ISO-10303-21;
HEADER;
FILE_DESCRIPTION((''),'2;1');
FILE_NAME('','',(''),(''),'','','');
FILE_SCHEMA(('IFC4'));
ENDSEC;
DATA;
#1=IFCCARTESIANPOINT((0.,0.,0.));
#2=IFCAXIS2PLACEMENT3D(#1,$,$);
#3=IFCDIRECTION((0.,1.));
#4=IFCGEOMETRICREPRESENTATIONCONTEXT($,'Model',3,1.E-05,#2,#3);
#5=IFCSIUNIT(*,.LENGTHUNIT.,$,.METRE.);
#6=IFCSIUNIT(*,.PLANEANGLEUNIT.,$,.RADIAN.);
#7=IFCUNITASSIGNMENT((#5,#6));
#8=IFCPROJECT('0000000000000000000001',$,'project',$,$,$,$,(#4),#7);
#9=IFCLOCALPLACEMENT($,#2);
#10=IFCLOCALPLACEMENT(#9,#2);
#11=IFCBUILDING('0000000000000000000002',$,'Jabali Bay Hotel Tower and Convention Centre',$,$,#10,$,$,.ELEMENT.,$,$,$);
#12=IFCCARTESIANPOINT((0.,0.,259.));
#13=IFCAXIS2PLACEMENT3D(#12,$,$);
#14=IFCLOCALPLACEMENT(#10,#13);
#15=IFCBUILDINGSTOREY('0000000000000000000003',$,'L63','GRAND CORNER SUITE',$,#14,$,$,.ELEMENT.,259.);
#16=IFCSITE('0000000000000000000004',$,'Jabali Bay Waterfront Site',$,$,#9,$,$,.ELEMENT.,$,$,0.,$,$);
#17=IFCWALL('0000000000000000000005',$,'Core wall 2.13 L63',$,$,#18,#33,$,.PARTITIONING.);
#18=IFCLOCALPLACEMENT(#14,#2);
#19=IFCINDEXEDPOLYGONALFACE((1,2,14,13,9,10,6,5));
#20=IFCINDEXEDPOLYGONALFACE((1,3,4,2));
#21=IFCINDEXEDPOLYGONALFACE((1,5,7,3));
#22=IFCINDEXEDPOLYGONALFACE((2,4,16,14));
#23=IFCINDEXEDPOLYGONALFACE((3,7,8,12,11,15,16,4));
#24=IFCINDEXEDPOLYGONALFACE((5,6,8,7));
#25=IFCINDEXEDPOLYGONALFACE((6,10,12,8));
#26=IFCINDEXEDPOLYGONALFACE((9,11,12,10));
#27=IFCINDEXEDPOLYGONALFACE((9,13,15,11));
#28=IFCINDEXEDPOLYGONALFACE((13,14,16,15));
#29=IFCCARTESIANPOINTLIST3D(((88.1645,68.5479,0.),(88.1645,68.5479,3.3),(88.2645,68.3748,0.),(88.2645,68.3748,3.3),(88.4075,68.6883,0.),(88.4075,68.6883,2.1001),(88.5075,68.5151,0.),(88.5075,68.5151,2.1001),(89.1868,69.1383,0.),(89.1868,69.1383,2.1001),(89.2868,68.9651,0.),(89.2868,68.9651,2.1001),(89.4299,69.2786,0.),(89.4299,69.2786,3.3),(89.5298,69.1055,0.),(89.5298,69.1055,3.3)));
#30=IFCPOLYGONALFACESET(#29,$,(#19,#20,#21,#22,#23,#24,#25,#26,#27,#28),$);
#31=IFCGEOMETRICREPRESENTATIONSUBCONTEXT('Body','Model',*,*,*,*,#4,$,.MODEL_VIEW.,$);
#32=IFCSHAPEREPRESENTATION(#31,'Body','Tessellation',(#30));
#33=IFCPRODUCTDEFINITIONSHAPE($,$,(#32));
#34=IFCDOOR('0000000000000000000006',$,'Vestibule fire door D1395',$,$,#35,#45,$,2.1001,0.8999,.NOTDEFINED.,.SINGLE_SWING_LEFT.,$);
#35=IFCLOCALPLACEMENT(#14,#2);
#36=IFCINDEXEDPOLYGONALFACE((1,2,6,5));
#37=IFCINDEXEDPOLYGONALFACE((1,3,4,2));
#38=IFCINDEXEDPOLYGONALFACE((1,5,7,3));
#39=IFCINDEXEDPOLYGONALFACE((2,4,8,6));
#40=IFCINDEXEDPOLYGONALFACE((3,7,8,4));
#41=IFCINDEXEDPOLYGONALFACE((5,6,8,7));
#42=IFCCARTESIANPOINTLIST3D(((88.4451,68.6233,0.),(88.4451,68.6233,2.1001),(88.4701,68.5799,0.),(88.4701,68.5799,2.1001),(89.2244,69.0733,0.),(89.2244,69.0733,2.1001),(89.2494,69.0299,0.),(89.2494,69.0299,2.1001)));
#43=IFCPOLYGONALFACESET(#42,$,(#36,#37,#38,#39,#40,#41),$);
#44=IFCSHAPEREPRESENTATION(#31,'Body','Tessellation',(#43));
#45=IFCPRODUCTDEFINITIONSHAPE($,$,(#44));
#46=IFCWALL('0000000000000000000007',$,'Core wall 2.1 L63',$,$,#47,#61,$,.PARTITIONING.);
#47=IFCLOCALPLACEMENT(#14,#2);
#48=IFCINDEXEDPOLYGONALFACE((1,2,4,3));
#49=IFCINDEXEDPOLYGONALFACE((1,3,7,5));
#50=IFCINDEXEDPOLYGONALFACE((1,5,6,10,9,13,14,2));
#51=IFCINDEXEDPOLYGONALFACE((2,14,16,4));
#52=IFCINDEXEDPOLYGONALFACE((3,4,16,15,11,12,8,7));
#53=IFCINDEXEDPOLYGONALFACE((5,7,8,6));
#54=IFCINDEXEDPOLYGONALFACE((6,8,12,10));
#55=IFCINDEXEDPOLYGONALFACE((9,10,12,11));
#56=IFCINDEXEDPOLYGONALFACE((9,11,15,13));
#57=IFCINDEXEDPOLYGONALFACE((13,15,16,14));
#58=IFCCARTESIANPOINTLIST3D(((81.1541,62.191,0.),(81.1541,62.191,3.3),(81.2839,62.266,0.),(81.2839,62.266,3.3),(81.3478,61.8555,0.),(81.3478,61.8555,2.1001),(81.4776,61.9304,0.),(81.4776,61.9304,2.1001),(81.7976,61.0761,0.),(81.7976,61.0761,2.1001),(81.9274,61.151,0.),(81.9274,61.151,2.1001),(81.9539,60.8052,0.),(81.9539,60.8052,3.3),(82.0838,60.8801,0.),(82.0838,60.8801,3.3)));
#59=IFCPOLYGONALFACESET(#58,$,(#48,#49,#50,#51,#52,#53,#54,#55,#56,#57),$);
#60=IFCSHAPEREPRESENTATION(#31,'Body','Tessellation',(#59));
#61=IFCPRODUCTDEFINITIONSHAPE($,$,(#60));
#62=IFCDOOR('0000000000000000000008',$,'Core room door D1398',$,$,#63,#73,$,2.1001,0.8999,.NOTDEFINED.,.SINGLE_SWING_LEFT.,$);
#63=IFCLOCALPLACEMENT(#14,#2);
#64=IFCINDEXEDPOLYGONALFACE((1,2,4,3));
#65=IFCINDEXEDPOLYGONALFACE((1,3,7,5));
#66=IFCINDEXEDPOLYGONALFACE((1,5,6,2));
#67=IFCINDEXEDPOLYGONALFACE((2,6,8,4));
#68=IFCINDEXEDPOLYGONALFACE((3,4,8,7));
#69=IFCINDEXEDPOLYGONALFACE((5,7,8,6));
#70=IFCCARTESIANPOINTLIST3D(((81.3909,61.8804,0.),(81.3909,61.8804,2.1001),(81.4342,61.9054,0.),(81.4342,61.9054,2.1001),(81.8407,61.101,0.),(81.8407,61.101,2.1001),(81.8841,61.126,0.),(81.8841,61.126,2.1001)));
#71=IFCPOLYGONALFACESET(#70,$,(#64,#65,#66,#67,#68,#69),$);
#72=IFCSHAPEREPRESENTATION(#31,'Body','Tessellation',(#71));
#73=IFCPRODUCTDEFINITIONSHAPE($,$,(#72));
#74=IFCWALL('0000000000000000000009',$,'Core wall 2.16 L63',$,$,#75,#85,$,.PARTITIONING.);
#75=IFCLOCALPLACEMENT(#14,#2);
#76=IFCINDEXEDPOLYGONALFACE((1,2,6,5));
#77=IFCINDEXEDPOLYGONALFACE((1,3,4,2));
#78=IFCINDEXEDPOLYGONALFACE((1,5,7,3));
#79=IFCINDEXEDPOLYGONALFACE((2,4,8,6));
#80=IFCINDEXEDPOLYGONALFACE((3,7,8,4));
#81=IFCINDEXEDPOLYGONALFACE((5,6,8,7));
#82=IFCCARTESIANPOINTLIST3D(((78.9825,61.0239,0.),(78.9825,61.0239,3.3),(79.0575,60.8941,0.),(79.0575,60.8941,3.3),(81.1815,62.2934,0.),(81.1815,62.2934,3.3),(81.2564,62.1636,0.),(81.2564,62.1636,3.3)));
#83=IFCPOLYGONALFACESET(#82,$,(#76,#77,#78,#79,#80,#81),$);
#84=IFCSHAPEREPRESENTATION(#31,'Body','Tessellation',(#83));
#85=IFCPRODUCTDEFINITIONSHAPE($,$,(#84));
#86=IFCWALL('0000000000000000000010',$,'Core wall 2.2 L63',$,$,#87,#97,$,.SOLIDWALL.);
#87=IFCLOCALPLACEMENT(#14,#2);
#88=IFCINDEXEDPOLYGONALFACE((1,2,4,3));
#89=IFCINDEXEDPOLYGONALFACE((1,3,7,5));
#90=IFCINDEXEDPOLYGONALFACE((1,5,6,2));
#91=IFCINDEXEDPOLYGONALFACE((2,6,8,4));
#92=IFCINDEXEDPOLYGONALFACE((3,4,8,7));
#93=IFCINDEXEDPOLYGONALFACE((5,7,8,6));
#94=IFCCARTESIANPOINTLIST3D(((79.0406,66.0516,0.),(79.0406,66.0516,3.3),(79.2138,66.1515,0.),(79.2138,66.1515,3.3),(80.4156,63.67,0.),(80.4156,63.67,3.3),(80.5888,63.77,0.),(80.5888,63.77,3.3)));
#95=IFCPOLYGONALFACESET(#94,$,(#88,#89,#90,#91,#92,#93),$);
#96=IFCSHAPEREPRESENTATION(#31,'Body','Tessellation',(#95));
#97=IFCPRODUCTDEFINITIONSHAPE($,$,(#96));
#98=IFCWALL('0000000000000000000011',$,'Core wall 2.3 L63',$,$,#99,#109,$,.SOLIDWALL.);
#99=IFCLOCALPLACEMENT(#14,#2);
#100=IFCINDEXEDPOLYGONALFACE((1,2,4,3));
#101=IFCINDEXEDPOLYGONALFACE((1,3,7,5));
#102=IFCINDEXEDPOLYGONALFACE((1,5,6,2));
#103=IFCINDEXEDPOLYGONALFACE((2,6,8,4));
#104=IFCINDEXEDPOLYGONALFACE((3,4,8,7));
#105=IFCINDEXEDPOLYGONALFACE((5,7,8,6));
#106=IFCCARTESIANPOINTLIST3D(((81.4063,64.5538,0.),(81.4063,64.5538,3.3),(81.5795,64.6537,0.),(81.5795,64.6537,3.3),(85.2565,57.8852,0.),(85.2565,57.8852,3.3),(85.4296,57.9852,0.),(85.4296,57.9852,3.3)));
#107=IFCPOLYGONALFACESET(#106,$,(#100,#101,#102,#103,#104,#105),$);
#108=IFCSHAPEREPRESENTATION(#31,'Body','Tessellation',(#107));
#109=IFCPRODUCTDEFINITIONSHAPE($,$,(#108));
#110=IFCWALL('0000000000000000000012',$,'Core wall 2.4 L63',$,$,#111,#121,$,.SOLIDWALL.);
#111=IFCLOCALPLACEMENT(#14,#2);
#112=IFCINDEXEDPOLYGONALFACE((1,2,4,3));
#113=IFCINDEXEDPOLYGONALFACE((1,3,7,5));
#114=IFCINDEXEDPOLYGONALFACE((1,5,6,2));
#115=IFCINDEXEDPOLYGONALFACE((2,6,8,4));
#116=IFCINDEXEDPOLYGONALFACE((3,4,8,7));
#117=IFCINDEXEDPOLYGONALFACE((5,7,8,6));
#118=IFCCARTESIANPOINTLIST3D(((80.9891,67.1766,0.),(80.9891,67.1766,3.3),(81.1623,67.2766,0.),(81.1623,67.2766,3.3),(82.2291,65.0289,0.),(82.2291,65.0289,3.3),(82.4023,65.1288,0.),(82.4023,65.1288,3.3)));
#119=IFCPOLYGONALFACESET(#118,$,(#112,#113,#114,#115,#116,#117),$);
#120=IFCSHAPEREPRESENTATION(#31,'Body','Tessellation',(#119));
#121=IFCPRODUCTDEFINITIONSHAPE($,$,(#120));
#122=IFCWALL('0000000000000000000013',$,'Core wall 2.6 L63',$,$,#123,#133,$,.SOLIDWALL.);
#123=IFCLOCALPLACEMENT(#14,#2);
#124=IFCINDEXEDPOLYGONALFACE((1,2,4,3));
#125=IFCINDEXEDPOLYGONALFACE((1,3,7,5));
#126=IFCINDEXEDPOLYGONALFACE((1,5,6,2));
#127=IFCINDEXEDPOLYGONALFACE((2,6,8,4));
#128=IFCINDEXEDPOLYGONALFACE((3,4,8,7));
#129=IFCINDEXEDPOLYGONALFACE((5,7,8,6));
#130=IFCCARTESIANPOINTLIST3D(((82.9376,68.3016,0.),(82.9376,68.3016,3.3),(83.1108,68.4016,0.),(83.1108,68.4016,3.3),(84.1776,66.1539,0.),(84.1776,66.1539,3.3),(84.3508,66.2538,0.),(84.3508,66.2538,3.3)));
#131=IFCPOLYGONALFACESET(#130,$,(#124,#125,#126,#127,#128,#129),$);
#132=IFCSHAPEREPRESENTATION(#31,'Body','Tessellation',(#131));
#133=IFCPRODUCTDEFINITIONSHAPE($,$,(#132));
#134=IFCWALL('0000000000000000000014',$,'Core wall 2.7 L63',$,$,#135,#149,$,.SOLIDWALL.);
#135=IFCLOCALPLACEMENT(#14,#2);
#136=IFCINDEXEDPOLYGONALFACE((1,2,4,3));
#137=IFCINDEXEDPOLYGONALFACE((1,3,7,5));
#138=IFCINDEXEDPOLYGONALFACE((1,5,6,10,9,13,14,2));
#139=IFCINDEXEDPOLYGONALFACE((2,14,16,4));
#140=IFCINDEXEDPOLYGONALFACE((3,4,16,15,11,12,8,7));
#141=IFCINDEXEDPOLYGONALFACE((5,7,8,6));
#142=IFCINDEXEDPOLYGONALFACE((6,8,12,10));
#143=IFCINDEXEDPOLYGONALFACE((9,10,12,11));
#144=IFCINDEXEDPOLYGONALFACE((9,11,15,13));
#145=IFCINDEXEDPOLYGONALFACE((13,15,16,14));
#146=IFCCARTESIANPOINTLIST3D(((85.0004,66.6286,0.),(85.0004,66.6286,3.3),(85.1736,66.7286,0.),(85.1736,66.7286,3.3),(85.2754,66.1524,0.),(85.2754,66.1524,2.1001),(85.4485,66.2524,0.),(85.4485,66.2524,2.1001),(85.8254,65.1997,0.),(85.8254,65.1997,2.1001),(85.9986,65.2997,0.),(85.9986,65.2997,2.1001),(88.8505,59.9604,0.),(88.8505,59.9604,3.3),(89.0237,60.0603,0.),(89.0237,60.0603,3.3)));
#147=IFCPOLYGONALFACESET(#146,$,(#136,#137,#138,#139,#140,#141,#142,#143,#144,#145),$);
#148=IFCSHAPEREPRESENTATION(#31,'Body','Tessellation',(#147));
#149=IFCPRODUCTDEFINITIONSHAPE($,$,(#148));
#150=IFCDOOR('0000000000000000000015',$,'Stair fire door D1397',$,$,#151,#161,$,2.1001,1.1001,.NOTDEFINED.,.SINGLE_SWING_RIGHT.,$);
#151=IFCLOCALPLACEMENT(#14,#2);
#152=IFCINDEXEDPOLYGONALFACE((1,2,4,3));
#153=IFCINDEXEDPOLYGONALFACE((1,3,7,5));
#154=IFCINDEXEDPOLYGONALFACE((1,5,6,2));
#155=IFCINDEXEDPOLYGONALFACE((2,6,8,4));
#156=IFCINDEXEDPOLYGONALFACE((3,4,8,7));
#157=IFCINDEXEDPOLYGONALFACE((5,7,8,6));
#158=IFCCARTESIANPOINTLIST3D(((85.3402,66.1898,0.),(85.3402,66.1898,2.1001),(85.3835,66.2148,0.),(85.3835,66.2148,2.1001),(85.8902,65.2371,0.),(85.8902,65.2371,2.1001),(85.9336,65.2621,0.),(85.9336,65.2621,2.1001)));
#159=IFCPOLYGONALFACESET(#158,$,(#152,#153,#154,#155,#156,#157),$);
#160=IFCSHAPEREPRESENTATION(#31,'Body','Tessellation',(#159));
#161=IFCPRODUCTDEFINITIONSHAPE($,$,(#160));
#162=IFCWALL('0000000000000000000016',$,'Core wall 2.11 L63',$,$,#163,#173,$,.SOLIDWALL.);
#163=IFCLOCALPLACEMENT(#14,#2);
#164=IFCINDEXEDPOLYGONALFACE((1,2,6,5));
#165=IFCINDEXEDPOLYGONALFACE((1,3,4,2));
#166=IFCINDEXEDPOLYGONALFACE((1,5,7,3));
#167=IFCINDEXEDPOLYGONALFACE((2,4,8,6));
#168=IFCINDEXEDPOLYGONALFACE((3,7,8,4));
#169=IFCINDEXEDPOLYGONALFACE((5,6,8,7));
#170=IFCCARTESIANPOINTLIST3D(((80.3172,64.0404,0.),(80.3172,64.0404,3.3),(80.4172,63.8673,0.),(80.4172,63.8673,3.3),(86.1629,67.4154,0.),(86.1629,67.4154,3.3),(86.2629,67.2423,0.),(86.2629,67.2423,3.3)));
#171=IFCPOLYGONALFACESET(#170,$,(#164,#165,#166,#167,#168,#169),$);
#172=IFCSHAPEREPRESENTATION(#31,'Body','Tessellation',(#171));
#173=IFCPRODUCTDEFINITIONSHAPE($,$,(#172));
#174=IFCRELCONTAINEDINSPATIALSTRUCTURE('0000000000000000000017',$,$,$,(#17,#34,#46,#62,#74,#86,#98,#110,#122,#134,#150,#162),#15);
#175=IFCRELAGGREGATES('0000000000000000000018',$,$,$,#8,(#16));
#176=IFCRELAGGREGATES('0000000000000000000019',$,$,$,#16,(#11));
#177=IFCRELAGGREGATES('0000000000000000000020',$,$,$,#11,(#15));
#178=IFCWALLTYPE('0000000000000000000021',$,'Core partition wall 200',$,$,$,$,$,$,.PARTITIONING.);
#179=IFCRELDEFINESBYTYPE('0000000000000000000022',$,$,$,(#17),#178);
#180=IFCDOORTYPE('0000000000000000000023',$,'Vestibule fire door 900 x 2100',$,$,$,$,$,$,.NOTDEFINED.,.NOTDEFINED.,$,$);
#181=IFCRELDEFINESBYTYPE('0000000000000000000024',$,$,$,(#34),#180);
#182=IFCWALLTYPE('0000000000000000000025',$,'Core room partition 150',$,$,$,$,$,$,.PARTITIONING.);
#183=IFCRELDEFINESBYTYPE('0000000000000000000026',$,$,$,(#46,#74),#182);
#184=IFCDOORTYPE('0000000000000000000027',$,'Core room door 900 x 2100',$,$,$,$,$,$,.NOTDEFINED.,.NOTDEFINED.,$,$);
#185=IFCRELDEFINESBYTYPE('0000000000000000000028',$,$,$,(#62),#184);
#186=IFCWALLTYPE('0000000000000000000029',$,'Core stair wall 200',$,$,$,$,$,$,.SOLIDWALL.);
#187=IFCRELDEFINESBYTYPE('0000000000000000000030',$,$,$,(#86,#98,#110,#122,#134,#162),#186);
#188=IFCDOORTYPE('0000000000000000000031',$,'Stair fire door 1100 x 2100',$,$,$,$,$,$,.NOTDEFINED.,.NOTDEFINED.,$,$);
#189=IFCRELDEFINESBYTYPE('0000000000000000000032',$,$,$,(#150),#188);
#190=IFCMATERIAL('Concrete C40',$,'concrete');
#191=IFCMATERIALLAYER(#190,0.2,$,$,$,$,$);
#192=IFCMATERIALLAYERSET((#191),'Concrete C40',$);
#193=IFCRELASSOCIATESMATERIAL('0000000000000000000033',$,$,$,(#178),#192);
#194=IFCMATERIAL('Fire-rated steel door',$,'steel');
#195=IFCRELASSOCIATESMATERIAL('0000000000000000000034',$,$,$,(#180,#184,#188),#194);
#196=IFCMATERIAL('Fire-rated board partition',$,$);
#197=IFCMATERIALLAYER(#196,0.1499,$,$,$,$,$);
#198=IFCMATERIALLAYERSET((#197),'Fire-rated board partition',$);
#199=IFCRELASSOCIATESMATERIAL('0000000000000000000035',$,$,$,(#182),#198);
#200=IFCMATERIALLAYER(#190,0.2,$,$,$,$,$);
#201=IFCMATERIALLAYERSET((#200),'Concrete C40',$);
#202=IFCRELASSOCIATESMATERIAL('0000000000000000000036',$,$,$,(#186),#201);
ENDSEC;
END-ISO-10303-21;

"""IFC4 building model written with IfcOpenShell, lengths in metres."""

from ifc_helpers import new_model, si_unit, direction, frame, frame_2d, origin, place, context, subcontext, project, spatial, rectangle, extrude, material, layer, layer_set, type_object, element, fill, save


model = new_model("IFC4")

# Units and contexts
model_context = context("Model", 3, precision=1e-05, world=origin(), true_north=direction((0.0, 1.0)))
body_context = subcontext(model_context, "Body", "Model", "MODEL_VIEW")
ifc_project = project(units=[si_unit("LENGTHUNIT", "METRE"), si_unit("PLANEANGLEUNIT", "RADIAN")], contexts=[model_context])

# Site, building, storey
site_placement = place(None, origin())
site = spatial("IfcSite", under=ifc_project, at=site_placement, Name="Jabali Bay Waterfront Site", CompositionType="ELEMENT", RefElevation=0.0)
building_placement = place(site_placement, origin())
building = spatial("IfcBuilding", under=site, at=building_placement, Name="Jabali Bay Hotel Tower and Convention Centre", CompositionType="ELEMENT")
storey_placement = place(building_placement, frame((0.0, 0.0, 259.0)))
storey = spatial("IfcBuildingStorey", under=building, at=storey_placement, Name="L63", Description="GRAND CORNER SUITE", CompositionType="ELEMENT", Elevation=259.0)

# Walls, openings, doors
ifc_material_1 = material(Name="Concrete C40", Category="concrete")
ifc_layer_1 = layer(ifc_material_1, 0.2)
ifc_layer_set_1 = layer_set([ifc_layer_1], Name="Concrete C40")
wall_type_1 = type_object("IfcWallType", Name="Core partition wall 200", PredefinedType="PARTITIONING", material=ifc_layer_set_1)
wall_1_placement = place(storey_placement, frame((88.2146, 68.4614, 0.0), z_axis=(0.0, 0.0, 1.0), x_axis=(0.865982, 0.500074, 0.0)))
wall_1 = element("IfcWall", 1, at=wall_1_placement, inside=storey, type_object=wall_type_1, Name="Core wall 2.13 L63", PredefinedType="PARTITIONING", context=body_context, shape_type="SweptSolid", body=[
    extrude(rectangle(XDim=1.4612, YDim=0.2, at=frame_2d((0.7305, 0.0))), origin(), (0.0, 0.0, 1.0), 3.3),
])
opening_1_placement = place(wall_1_placement, frame((0.2805, 0.0, 0.0)))
opening_1 = element("IfcOpeningElement", 2, at=opening_1_placement, cuts=wall_1, PredefinedType="OPENING", context=body_context, shape_type="SweptSolid", body=[
    extrude(rectangle(XDim=0.8999, YDim=2.1001, at=frame_2d((0.45, 1.05))), frame((0.0, 0.1104, 0.0), z_axis=(0.0, -1.0, 0.0), x_axis=(1.0, 0.0, 0.0)), (0.0, 0.0, 1.0), 0.2209),
])
ifc_material_2 = material(Name="Fire-rated steel door", Category="steel")
door_type_1 = type_object("IfcDoorType", Name="Vestibule fire door 900 x 2100", OperationType="NOTDEFINED", PredefinedType="NOTDEFINED", material=ifc_material_2)
door_1_placement = place(opening_1_placement, origin())
door_1 = element("IfcDoor", 3, at=door_1_placement, inside=storey, type_object=door_type_1, Name="Vestibule fire door D1395", OperationType="SINGLE_SWING_LEFT", OverallHeight=2.1001, OverallWidth=0.8999, PredefinedType="NOTDEFINED", context=body_context, shape_type="SweptSolid", body=[
    extrude(rectangle(XDim=0.8999, YDim=2.1001, at=frame_2d((0.45, 1.05))), frame((0.0, 0.0249, 0.0), z_axis=(0.0, -1.0, 0.0), x_axis=(1.0, 0.0, 0.0)), (0.0, 0.0, 1.0), 0.05),
])
fill(opening_1, door_1)
ifc_material_3 = material(Name="Fire-rated board partition")
ifc_layer_2 = layer(ifc_material_3, 0.1499)
ifc_layer_set_2 = layer_set([ifc_layer_2], Name="Fire-rated board partition")
wall_type_2 = type_object("IfcWallType", Name="Core room partition 150", PredefinedType="PARTITIONING", material=ifc_layer_set_2)
wall_2_placement = place(storey_placement, frame((81.219, 62.2285, 0.0), z_axis=(0.0, 0.0, 1.0), x_axis=(0.499881, -0.866094, 0.0)))
wall_2 = element("IfcWall", 4, at=wall_2_placement, inside=storey, type_object=wall_type_2, Name="Core wall 2.1 L63", PredefinedType="PARTITIONING", context=body_context, shape_type="SweptSolid", body=[
    extrude(rectangle(XDim=1.6001, YDim=0.1499, at=frame_2d((0.8, 0.0))), origin(), (0.0, 0.0, 1.0), 3.3),
])
opening_2_placement = place(wall_2_placement, frame((0.3875, 0.0, 0.0)))
opening_2 = element("IfcOpeningElement", 5, at=opening_2_placement, cuts=wall_2, PredefinedType="OPENING", context=body_context, shape_type="SweptSolid", body=[
    extrude(rectangle(XDim=0.8999, YDim=2.1001, at=frame_2d((0.45, 1.05))), frame((0.0, 0.0854, 0.0), z_axis=(0.0, -1.0, 0.0), x_axis=(1.0, 0.0, 0.0)), (0.0, 0.0, 1.0), 0.1709),
])
door_type_2 = type_object("IfcDoorType", Name="Core room door 900 x 2100", OperationType="NOTDEFINED", PredefinedType="NOTDEFINED", material=ifc_material_2)
door_2_placement = place(opening_2_placement, origin())
door_2 = element("IfcDoor", 6, at=door_2_placement, inside=storey, type_object=door_type_2, Name="Core room door D1398", OperationType="SINGLE_SWING_LEFT", OverallHeight=2.1001, OverallWidth=0.8999, PredefinedType="NOTDEFINED", context=body_context, shape_type="SweptSolid", body=[
    extrude(rectangle(XDim=0.8999, YDim=2.1001, at=frame_2d((0.45, 1.05))), frame((0.0, 0.0249, 0.0), z_axis=(0.0, -1.0, 0.0), x_axis=(1.0, 0.0, 0.0)), (0.0, 0.0, 1.0), 0.05),
])
fill(opening_2, door_2)

# Walls
wall_3_placement = place(storey_placement, frame((79.02, 60.959, 0.0), z_axis=(0.0, 0.0, 1.0), x_axis=(0.866033, 0.499986, 0.0)))
element("IfcWall", 7, at=wall_3_placement, inside=storey, type_object=wall_type_2, Name="Core wall 2.16 L63", PredefinedType="PARTITIONING", context=body_context, shape_type="SweptSolid", body=[
    extrude(rectangle(XDim=2.5391, YDim=0.1499, at=frame_2d((1.2695, 0.0))), origin(), (0.0, 0.0, 1.0), 3.3),
])
ifc_layer_3 = layer(ifc_material_1, 0.2)
ifc_layer_set_3 = layer_set([ifc_layer_3], Name="Concrete C40")
wall_type_3 = type_object("IfcWallType", Name="Core stair wall 200", PredefinedType="SOLIDWALL", material=ifc_layer_set_3)
wall_4_placement = place(storey_placement, frame((79.1272, 66.1016, 0.0), z_axis=(0.0, 0.0, 1.0), x_axis=(0.499997, -0.866027, 0.0)))
element("IfcWall", 8, at=wall_4_placement, inside=storey, type_object=wall_type_3, Name="Core wall 2.2 L63", PredefinedType="SOLIDWALL", context=body_context, shape_type="SweptSolid", body=[
    extrude(rectangle(XDim=2.75, YDim=0.2, at=frame_2d((1.375, 0.0))), origin(), (0.0, 0.0, 1.0), 3.3),
])
wall_5_placement = place(storey_placement, frame((81.4929, 64.6038, 0.0), z_axis=(0.0, 0.0, 1.0), x_axis=(0.500006, -0.866022, 0.0)))
element("IfcWall", 9, at=wall_5_placement, inside=storey, type_object=wall_type_3, Name="Core wall 2.3 L63", PredefinedType="SOLIDWALL", context=body_context, shape_type="SweptSolid", body=[
    extrude(rectangle(XDim=7.7002, YDim=0.2, at=frame_2d((3.8501, 0.0))), origin(), (0.0, 0.0, 1.0), 3.3),
])
for number, where, z_axis, x_axis, name in (
    (10, (81.0757, 67.2266, 0.0), (0.0, 0.0, 1.0), (0.500004, -0.866023, 0.0), "Core wall 2.4 L63"),
    (11, (83.0242, 68.3516, 0.0), (0.0, 0.0, 1.0), (0.500004, -0.866023, 0.0), "Core wall 2.6 L63"),
):
    element("IfcWall", number, at=place(storey_placement, frame(where, z_axis=z_axis, x_axis=x_axis)), inside=storey, type_object=wall_type_3, Name=name, PredefinedType="SOLIDWALL", context=body_context, shape_type="SweptSolid", body=[
        extrude(rectangle(XDim=2.48, YDim=0.2, at=frame_2d((1.24, 0.0))), origin(), (0.0, 0.0, 1.0), 3.3),
    ])

# Wall, opening, door
wall_6_placement = place(storey_placement, frame((85.0869, 66.6787, 0.0), z_axis=(0.0, 0.0, 1.0), x_axis=(0.50002, -0.866014, 0.0)))
wall_6 = element("IfcWall", 12, at=wall_6_placement, inside=storey, type_object=wall_type_3, Name="Core wall 2.7 L63", PredefinedType="SOLIDWALL", context=body_context, shape_type="SweptSolid", body=[
    extrude(rectangle(XDim=7.7, YDim=0.2, at=frame_2d((3.8501, 0.0))), origin(), (0.0, 0.0, 1.0), 3.3),
])
opening_3_placement = place(wall_6_placement, frame((0.55, 0.0, 0.0)))
opening_3 = element("IfcOpeningElement", 13, at=opening_3_placement, cuts=wall_6, PredefinedType="OPENING", context=body_context, shape_type="SweptSolid", body=[
    extrude(rectangle(XDim=1.1001, YDim=2.1001, at=frame_2d((0.55, 1.05))), frame((0.0, 0.1104, 0.0), z_axis=(0.0, -1.0, 0.0), x_axis=(1.0, 0.0, 0.0)), (0.0, 0.0, 1.0), 0.2209),
])
door_type_3 = type_object("IfcDoorType", Name="Stair fire door 1100 x 2100", OperationType="NOTDEFINED", PredefinedType="NOTDEFINED", material=ifc_material_2)
door_3_placement = place(opening_3_placement, origin())
door_3 = element("IfcDoor", 14, at=door_3_placement, inside=storey, type_object=door_type_3, Name="Stair fire door D1397", OperationType="SINGLE_SWING_RIGHT", OverallHeight=2.1001, OverallWidth=1.1001, PredefinedType="NOTDEFINED", context=body_context, shape_type="SweptSolid", body=[
    extrude(rectangle(XDim=1.1001, YDim=2.1001, at=frame_2d((0.55, 1.05))), frame((0.0, 0.0249, 0.0), z_axis=(0.0, -1.0, 0.0), x_axis=(1.0, 0.0, 0.0)), (0.0, 0.0, 1.0), 0.05),
])
fill(opening_3, door_3)

# Wall
wall_7_placement = place(storey_placement, frame((80.3672, 63.9539, 0.0), z_axis=(0.0, 0.0, 1.0), x_axis=(0.866027, 0.499998, 0.0)))
element("IfcWall", 15, at=wall_7_placement, inside=storey, type_object=wall_type_3, Name="Core wall 2.11 L63", PredefinedType="SOLIDWALL", context=body_context, shape_type="SweptSolid", body=[
    extrude(rectangle(XDim=6.75, YDim=0.2, at=frame_2d((3.375, 0.0))), origin(), (0.0, 0.0, 1.0), 3.3),
])

save(model, "model.ifc")
